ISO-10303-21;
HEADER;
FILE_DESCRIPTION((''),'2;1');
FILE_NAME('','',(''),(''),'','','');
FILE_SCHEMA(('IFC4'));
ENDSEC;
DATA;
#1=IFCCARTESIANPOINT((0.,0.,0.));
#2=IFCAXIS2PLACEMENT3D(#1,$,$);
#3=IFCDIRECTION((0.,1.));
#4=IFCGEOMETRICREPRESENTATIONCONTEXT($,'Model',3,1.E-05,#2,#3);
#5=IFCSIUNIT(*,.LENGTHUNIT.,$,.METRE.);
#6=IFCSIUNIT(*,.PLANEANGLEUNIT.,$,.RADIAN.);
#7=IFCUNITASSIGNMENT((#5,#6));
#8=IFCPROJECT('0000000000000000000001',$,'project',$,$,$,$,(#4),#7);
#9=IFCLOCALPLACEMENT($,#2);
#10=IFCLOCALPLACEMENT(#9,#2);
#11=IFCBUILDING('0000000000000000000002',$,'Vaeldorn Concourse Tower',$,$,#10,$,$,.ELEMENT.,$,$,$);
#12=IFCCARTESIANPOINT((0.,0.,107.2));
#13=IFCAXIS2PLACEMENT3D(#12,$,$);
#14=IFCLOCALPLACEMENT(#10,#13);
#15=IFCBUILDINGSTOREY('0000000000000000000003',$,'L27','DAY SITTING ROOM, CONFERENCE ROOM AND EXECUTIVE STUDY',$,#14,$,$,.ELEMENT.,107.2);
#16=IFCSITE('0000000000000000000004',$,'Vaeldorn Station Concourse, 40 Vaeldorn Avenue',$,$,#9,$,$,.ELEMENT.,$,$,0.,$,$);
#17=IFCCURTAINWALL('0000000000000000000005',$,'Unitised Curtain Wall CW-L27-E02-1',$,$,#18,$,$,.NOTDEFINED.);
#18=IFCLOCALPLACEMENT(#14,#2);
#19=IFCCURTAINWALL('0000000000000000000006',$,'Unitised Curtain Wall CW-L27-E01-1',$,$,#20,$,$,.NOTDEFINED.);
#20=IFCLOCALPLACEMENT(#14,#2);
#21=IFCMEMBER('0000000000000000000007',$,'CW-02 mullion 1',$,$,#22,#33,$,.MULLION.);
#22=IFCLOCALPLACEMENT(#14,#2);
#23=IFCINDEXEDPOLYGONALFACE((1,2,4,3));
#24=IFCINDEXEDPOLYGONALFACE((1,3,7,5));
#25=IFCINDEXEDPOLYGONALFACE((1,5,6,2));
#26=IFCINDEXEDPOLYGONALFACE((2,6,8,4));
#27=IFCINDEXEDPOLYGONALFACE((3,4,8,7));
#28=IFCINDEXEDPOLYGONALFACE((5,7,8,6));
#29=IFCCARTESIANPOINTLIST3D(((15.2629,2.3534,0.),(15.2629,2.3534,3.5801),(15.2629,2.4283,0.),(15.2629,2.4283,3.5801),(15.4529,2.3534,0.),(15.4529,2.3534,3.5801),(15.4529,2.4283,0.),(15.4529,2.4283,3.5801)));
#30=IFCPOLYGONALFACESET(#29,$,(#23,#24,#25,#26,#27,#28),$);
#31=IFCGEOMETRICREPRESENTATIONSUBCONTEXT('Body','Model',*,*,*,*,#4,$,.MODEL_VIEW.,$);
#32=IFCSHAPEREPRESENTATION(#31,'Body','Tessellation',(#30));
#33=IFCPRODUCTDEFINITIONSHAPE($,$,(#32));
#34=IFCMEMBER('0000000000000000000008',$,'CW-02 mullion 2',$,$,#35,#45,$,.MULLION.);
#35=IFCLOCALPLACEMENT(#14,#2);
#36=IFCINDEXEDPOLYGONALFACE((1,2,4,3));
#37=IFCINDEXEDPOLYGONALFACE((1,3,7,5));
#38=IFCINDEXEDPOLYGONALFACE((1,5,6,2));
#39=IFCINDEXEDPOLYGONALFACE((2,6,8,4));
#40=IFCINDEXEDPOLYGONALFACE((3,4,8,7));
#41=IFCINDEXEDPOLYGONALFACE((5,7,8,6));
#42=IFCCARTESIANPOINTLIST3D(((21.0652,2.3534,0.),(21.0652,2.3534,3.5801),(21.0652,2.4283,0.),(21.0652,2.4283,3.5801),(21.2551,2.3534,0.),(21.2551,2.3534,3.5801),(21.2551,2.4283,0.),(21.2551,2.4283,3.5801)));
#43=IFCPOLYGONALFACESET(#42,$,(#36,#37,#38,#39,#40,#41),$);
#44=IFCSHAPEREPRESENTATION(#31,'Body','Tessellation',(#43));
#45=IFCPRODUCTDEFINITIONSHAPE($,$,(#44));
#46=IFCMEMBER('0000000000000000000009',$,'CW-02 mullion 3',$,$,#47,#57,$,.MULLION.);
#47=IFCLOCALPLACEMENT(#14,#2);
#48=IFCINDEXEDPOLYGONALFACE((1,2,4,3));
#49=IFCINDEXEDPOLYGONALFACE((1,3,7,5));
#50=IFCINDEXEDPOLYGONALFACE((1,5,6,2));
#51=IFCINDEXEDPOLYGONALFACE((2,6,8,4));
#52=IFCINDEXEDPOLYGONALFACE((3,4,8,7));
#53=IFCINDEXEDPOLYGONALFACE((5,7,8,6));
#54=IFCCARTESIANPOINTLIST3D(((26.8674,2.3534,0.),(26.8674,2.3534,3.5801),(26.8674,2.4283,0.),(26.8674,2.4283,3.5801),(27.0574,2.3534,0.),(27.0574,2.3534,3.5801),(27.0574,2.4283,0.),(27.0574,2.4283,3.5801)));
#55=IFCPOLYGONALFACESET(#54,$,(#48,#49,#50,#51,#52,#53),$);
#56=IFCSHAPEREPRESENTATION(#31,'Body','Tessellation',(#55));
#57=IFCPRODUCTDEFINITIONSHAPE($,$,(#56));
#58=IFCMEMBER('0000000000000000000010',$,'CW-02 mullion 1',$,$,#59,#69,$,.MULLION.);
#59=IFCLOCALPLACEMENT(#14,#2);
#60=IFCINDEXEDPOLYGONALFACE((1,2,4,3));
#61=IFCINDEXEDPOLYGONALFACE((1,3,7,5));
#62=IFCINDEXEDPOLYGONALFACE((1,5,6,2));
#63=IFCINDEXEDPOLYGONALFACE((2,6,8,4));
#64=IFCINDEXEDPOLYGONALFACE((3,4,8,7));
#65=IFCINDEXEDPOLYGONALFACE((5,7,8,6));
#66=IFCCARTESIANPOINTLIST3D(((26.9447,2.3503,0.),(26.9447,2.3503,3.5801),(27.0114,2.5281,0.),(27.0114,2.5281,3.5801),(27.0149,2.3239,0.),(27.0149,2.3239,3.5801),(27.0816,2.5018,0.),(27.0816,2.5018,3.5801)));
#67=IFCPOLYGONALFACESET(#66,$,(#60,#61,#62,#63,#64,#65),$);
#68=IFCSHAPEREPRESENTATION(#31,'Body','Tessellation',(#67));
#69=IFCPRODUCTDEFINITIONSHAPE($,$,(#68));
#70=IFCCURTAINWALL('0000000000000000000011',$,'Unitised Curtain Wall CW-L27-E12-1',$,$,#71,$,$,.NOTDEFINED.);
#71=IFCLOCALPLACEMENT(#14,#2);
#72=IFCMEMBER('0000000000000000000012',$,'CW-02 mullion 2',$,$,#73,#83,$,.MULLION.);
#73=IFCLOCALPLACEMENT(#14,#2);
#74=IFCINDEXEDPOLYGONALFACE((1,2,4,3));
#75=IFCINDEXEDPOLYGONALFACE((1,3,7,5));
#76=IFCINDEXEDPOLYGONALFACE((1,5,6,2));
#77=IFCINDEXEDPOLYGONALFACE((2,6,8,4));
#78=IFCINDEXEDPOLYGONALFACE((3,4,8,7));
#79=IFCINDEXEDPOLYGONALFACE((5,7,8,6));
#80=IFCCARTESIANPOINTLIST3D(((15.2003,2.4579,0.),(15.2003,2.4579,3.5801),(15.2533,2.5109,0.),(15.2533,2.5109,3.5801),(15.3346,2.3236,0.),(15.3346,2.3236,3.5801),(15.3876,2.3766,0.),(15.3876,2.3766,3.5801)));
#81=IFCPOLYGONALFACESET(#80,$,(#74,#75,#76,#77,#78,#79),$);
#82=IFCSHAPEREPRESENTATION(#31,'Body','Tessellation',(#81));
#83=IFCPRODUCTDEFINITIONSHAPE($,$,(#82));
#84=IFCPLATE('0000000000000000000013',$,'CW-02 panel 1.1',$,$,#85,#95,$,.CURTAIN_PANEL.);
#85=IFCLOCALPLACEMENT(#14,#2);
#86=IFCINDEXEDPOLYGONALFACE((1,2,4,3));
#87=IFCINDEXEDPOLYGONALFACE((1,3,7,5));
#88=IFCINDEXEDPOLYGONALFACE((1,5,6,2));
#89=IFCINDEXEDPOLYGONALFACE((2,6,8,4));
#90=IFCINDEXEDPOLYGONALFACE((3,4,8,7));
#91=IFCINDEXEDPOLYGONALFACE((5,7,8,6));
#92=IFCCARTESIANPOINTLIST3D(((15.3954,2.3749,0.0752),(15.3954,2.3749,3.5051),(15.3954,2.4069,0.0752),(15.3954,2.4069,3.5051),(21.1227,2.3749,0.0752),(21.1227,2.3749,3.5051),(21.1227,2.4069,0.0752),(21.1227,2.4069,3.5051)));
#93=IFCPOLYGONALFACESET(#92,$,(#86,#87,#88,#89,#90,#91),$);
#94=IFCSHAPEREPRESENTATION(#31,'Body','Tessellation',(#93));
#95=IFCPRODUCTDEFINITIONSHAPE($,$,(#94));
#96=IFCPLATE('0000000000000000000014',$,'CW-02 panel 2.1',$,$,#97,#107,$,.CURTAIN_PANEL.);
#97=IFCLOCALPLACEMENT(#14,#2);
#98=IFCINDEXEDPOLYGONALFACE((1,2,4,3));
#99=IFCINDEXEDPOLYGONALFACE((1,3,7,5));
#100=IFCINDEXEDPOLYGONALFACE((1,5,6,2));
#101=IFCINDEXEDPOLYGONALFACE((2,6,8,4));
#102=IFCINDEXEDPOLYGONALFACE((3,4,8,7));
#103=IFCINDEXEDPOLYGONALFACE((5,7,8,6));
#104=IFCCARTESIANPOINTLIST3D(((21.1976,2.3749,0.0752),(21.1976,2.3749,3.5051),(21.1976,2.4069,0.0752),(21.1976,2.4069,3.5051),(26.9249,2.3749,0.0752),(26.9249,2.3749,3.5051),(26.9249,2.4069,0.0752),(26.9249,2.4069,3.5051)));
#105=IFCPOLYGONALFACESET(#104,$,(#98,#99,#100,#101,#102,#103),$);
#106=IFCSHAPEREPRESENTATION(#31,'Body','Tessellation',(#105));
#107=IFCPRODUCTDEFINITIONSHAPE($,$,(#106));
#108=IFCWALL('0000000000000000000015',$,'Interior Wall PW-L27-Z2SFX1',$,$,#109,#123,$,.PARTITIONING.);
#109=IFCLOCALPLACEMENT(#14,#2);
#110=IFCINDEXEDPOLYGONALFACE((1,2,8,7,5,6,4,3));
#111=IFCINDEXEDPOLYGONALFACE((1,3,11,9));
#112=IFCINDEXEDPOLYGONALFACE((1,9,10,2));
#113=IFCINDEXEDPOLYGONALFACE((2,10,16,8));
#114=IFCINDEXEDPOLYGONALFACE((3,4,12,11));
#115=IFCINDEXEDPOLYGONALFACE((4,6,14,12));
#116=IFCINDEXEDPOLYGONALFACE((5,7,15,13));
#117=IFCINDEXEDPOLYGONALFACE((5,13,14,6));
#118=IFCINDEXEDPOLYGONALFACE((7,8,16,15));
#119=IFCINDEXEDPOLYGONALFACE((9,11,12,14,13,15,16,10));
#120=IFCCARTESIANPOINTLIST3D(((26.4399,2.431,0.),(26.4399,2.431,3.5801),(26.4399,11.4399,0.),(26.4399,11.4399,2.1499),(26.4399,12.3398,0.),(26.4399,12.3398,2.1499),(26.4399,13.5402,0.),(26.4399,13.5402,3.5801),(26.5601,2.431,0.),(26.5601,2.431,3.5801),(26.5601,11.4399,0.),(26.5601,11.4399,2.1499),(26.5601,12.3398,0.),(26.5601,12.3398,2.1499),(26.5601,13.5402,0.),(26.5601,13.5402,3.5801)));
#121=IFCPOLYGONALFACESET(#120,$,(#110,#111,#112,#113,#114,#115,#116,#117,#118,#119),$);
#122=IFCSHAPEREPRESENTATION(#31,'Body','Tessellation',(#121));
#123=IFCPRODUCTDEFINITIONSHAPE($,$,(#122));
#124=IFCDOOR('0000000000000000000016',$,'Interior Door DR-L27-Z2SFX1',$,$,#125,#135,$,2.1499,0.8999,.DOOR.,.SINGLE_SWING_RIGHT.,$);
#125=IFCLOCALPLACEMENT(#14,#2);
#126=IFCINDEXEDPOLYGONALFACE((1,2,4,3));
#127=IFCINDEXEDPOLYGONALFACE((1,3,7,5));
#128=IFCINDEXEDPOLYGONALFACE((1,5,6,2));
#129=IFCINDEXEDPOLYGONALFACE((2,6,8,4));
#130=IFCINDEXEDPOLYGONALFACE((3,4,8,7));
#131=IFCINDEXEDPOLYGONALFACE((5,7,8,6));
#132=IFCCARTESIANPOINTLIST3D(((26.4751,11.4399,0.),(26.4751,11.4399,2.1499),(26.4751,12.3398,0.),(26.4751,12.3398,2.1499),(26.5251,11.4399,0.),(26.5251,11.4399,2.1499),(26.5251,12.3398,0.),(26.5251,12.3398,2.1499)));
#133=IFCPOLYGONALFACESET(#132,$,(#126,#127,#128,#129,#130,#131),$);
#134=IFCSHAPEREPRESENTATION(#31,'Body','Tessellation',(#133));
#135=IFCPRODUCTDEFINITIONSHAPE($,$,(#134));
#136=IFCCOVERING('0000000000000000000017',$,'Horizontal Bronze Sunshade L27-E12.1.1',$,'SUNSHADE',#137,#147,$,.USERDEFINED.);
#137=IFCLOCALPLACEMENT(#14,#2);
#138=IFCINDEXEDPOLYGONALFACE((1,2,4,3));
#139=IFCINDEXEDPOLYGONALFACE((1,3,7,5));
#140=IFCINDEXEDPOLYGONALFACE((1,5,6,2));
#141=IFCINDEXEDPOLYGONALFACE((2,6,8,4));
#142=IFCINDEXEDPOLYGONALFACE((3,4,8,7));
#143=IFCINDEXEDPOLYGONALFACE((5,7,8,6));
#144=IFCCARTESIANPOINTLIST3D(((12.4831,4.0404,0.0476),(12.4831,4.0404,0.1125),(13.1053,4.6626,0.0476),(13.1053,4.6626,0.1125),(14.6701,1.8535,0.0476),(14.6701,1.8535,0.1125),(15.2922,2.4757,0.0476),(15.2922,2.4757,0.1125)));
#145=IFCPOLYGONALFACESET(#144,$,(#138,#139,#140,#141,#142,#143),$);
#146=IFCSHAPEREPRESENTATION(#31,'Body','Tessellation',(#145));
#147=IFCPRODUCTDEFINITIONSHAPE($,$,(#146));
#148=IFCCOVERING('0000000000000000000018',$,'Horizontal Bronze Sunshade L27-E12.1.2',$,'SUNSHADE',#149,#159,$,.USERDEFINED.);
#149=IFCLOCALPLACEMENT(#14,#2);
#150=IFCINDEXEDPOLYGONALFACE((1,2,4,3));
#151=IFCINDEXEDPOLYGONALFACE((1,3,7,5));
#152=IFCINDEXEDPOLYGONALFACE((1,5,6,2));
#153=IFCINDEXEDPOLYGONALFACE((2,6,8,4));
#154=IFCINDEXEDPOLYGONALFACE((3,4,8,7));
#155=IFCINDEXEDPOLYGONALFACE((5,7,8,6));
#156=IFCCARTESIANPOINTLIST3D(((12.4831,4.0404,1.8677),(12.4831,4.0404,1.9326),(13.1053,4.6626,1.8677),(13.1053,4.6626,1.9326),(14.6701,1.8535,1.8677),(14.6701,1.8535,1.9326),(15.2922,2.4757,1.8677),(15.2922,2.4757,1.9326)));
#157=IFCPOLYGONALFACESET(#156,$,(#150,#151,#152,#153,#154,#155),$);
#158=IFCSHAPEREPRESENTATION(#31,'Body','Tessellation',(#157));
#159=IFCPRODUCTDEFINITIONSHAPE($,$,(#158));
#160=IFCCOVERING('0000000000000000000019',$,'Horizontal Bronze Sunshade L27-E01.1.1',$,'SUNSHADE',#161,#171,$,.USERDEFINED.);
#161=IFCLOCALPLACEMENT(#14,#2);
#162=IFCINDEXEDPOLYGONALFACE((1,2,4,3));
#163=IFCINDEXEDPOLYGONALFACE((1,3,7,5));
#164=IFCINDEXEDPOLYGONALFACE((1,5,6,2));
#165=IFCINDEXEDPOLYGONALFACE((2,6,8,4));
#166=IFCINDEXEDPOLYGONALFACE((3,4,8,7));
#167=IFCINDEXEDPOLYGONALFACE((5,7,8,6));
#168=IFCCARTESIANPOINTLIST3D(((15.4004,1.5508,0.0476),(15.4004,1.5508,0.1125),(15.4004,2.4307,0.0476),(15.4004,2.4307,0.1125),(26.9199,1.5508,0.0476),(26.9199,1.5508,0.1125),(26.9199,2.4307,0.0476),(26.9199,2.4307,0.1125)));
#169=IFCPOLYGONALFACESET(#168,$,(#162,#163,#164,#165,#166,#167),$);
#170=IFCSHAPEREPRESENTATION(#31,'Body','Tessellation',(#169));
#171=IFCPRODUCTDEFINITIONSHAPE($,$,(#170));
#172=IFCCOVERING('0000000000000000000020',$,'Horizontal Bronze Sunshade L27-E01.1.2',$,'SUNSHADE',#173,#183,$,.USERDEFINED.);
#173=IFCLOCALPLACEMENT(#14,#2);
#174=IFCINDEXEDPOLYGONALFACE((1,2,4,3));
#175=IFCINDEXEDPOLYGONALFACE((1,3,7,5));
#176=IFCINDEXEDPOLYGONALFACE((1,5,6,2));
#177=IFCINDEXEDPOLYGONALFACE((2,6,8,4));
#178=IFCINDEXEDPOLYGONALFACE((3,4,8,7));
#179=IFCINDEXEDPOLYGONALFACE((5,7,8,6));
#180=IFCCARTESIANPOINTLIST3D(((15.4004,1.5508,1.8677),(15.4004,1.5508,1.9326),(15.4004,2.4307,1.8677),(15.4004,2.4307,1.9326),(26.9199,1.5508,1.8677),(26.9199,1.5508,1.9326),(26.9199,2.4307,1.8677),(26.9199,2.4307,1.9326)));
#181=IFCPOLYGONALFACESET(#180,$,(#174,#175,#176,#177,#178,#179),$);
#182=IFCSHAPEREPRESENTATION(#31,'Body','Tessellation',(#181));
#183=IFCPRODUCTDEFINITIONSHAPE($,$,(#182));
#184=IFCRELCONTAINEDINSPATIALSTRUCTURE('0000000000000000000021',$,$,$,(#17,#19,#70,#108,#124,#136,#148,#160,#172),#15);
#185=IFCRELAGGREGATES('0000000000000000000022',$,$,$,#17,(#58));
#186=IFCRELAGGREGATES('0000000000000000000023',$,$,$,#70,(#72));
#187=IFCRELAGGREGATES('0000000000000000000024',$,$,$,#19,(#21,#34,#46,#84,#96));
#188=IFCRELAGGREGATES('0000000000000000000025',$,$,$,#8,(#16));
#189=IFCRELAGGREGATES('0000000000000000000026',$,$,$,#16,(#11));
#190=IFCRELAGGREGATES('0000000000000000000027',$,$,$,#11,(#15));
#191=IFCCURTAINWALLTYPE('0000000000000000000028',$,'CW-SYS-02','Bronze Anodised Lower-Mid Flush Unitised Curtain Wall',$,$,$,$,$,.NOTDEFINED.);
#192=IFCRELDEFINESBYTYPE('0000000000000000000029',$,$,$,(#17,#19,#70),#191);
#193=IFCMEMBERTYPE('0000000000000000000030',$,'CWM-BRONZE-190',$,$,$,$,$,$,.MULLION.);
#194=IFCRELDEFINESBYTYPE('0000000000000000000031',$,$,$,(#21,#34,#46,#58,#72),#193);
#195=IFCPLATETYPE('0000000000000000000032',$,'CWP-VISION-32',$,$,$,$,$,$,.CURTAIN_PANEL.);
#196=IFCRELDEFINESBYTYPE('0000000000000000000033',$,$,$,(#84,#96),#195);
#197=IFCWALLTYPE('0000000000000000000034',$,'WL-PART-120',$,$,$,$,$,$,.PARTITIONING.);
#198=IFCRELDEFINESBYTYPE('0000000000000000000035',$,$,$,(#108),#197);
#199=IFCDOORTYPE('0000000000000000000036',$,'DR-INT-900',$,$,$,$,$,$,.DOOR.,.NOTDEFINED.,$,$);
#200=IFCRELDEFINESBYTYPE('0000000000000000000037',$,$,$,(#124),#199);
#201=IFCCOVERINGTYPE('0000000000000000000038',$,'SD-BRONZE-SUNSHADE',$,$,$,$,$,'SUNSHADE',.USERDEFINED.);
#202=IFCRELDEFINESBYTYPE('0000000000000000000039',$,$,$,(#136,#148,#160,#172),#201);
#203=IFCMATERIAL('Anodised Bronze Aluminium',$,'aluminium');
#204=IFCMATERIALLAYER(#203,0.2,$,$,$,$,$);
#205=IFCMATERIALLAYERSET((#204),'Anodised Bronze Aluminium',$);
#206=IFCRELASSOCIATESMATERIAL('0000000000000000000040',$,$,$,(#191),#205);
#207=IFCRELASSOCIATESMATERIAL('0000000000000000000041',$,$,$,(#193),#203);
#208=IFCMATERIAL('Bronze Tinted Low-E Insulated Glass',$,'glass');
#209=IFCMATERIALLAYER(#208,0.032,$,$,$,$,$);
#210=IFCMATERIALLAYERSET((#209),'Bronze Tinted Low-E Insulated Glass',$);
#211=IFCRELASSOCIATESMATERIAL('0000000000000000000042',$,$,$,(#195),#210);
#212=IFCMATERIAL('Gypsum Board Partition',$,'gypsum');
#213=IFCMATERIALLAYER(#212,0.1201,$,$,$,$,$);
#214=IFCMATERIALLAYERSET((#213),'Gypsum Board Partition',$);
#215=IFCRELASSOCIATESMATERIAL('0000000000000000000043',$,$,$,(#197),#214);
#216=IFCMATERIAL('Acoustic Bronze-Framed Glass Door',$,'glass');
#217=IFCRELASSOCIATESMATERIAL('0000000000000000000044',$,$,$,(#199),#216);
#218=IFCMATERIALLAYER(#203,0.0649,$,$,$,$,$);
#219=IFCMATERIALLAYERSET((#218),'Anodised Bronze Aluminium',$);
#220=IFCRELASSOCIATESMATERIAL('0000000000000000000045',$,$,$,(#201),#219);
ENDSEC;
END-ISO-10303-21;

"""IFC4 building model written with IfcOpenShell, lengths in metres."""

from ifc_helpers import new_model, si_unit, direction, frame, frame_2d, origin, origin_2d, place, context, subcontext, project, spatial, rectangle, extrude, source, transform, mapped, material, layer, layer_set, material_profile, profile_set, type_object, element, fill, aggregate, save


model = new_model("IFC4")

# Units and contexts
model_context = context("Model", 3, precision=1e-05, world=origin(), true_north=direction((0.0, 1.0)))
body_context = subcontext(model_context, "Body", "Model", "MODEL_VIEW")
ifc_project = project(units=[si_unit("LENGTHUNIT", "METRE"), si_unit("PLANEANGLEUNIT", "RADIAN")], contexts=[model_context])

# Site, building, storey
site_placement = place(None, origin())
site = spatial("IfcSite", under=ifc_project, at=site_placement, Name="Vaeldorn Station Concourse, 40 Vaeldorn Avenue", CompositionType="ELEMENT", RefElevation=0.0)
building_placement = place(site_placement, origin())
building = spatial("IfcBuilding", under=site, at=building_placement, Name="Vaeldorn Concourse Tower", CompositionType="ELEMENT")
storey_placement = place(building_placement, frame((0.0, 0.0, 107.2)))
storey = spatial("IfcBuildingStorey", under=building, at=storey_placement, Name="L27", Description="DAY SITTING ROOM, CONFERENCE ROOM AND EXECUTIVE STUDY", CompositionType="ELEMENT", Elevation=107.2)

# Curtain walls, members
ifc_material_1 = material(Name="Anodised Bronze Aluminium", Category="aluminium")
ifc_layer_1 = layer(ifc_material_1, 0.2)
ifc_layer_set_1 = layer_set([ifc_layer_1], Name="Anodised Bronze Aluminium")
curtain_wall_type = type_object("IfcCurtainWallType", Name="CW-SYS-02", Description="Bronze Anodised Lower-Mid Flush Unitised Curtain Wall", PredefinedType="NOTDEFINED", material=ifc_layer_set_1)
curtain_wall_1_placement = place(storey_placement, origin())
curtain_wall_1 = element("IfcCurtainWall", 1, at=curtain_wall_1_placement, inside=storey, type_object=curtain_wall_type, Name="Unitised Curtain Wall CW-L27-E02-1", PredefinedType="NOTDEFINED")
curtain_wall_2_placement = place(storey_placement, origin())
curtain_wall_2 = element("IfcCurtainWall", 2, at=curtain_wall_2_placement, inside=storey, type_object=curtain_wall_type, Name="Unitised Curtain Wall CW-L27-E01-1", PredefinedType="NOTDEFINED")
ifc_material_profile_1 = material_profile(ifc_material_1, rectangle(XDim=0.075, YDim=0.1899, at=origin_2d()), Name="CWM 75x190")
ifc_profile_set_1 = profile_set([ifc_material_profile_1], Name="Anodised Bronze Aluminium")
member_type_1 = type_object("IfcMemberType", Name="CWM-BRONZE-190", PredefinedType="MULLION", material=ifc_profile_set_1)
shared_shape_1 = source(origin(), body_context, "Body", "SweptSolid", [
    extrude(rectangle(XDim=0.075, YDim=0.1899, at=origin_2d()), origin(), (0.0, 0.0, 1.0), 3.5801),
])
member_1_placement = place(storey_placement, frame((15.3579, 2.3909, 0.0), z_axis=(0.0, 0.0, 1.0), x_axis=(0.0, 1.0, 0.0)))
member_1 = element("IfcMember", 3, at=member_1_placement, type_object=member_type_1, Name="CW-02 mullion 1", PredefinedType="MULLION", context=body_context, shape_type="MappedRepresentation", body=[
    mapped(shared_shape_1, transform((0.0, 0.0, 0.0), scale=1.0)),
])
member_2_placement = place(storey_placement, frame((21.1602, 2.3909, 0.0), z_axis=(0.0, 0.0, 1.0), x_axis=(0.0, 1.0, 0.0)))
member_2 = element("IfcMember", 4, at=member_2_placement, type_object=member_type_1, Name="CW-02 mullion 2", PredefinedType="MULLION", context=body_context, shape_type="MappedRepresentation", body=[
    mapped(shared_shape_1, transform((0.0, 0.0, 0.0), scale=1.0)),
])
member_3_placement = place(storey_placement, frame((26.9624, 2.3909, 0.0), z_axis=(0.0, 0.0, 1.0), x_axis=(0.0, 1.0, 0.0)))
member_3 = element("IfcMember", 5, at=member_3_placement, type_object=member_type_1, Name="CW-02 mullion 3", PredefinedType="MULLION", context=body_context, shape_type="MappedRepresentation", body=[
    mapped(shared_shape_1, transform((0.0, 0.0, 0.0), scale=1.0)),
])

# Member
member_4_placement = place(storey_placement, frame((27.0132, 2.426, 0.0), z_axis=(0.0, 0.0, 1.0), x_axis=(-0.936329, 0.351123, 0.0)))
member_4 = element("IfcMember", 6, at=member_4_placement, type_object=member_type_1, Name="CW-02 mullion 1", PredefinedType="MULLION", context=body_context, shape_type="MappedRepresentation", body=[
    mapped(shared_shape_1, transform((0.0, 0.0, 0.0), scale=1.0)),
])
aggregate(curtain_wall_1, [member_4])

# Curtain wall, member
curtain_wall_3_placement = place(storey_placement, origin())
curtain_wall_3 = element("IfcCurtainWall", 7, at=curtain_wall_3_placement, inside=storey, type_object=curtain_wall_type, Name="Unitised Curtain Wall CW-L27-E12-1", PredefinedType="NOTDEFINED")
member_5_placement = place(storey_placement, frame((15.2939, 2.4172, 0.0), z_axis=(0.0, 0.0, 1.0), x_axis=(0.707107, 0.707107, 0.0)))
member_5 = element("IfcMember", 8, at=member_5_placement, type_object=member_type_1, Name="CW-02 mullion 2", PredefinedType="MULLION", context=body_context, shape_type="MappedRepresentation", body=[
    mapped(shared_shape_1, transform((0.0, 0.0, 0.0), scale=1.0)),
])
aggregate(curtain_wall_3, [member_5])

# Plates
ifc_material_2 = material(Name="Bronze Tinted Low-E Insulated Glass", Category="glass")
ifc_layer_2 = layer(ifc_material_2, 0.032)
ifc_layer_set_2 = layer_set([ifc_layer_2], Name="Bronze Tinted Low-E Insulated Glass")
plate_type = type_object("IfcPlateType", Name="CWP-VISION-32", PredefinedType="CURTAIN_PANEL", material=ifc_layer_set_2)
shared_shape_2 = source(origin(), body_context, "Body", "SweptSolid", [
    extrude(rectangle(XDim=5.7273, YDim=0.032, at=origin_2d()), origin(), (0.0, 0.0, 1.0), 3.4299),
])
plate_1_placement = place(storey_placement, frame((18.259, 2.3909, 0.0752), z_axis=(0.0, 0.0, 1.0), x_axis=(1.0, 0.0, 0.0)))
plate_1 = element("IfcPlate", 9, at=plate_1_placement, type_object=plate_type, Name="CW-02 panel 1.1", PredefinedType="CURTAIN_PANEL", context=body_context, shape_type="MappedRepresentation", body=[
    mapped(shared_shape_2, transform((0.0, 0.0, 0.0), scale=1.0)),
])
plate_2_placement = place(storey_placement, frame((24.0613, 2.3909, 0.0752), z_axis=(0.0, 0.0, 1.0), x_axis=(1.0, 0.0, 0.0)))
plate_2 = element("IfcPlate", 10, at=plate_2_placement, type_object=plate_type, Name="CW-02 panel 2.1", PredefinedType="CURTAIN_PANEL", context=body_context, shape_type="MappedRepresentation", body=[
    mapped(shared_shape_2, transform((0.0, 0.0, 0.0), scale=1.0)),
])
aggregate(curtain_wall_2, [member_1, member_2, member_3, plate_1, plate_2])

# Wall, opening, door
ifc_material_3 = material(Name="Gypsum Board Partition", Category="gypsum")
ifc_layer_3 = layer(ifc_material_3, 0.1201)
ifc_layer_set_3 = layer_set([ifc_layer_3], Name="Gypsum Board Partition")
wall_type = type_object("IfcWallType", Name="WL-PART-120", PredefinedType="PARTITIONING", material=ifc_layer_set_3)
wall_placement = place(storey_placement, frame((26.5, 2.4309, 0.0), z_axis=(0.0, 0.0, 1.0), x_axis=(0.0, 1.0, 0.0)))
wall = element("IfcWall", 11, at=wall_placement, inside=storey, type_object=wall_type, Name="Interior Wall PW-L27-Z2SFX1", PredefinedType="PARTITIONING", context=body_context, shape_type="SweptSolid", body=[
    extrude(rectangle(XDim=11.1091, YDim=0.1201, at=frame_2d((5.5547, 0.0))), origin(), (0.0, 0.0, 1.0), 3.5801),
])
opening_placement = place(wall_placement, frame((9.009, 0.0, 0.0)))
opening = element("IfcOpeningElement", 12, at=opening_placement, cuts=wall, PredefinedType="OPENING", context=body_context, shape_type="SweptSolid", body=[
    extrude(rectangle(XDim=0.8999, YDim=2.1499, at=frame_2d((0.45, 1.075))), frame((0.0, 0.0701, 0.0), z_axis=(0.0, -1.0, 0.0), x_axis=(1.0, 0.0, 0.0)), (0.0, 0.0, 1.0), 0.1401),
])
ifc_material_4 = material(Name="Acoustic Bronze-Framed Glass Door", Category="glass")
door_type = type_object("IfcDoorType", Name="DR-INT-900", OperationType="NOTDEFINED", PredefinedType="DOOR", material=ifc_material_4)
shared_shape_3 = source(origin(), body_context, "Body", "SweptSolid", [
    extrude(rectangle(XDim=0.8999, YDim=2.1499, at=frame_2d((0.45, 1.075))), frame((0.0, 0.0249, 0.0), z_axis=(0.0, -1.0, 0.0), x_axis=(1.0, 0.0, 0.0)), (0.0, 0.0, 1.0), 0.05),
])
door_placement = place(opening_placement, origin())
door = element("IfcDoor", 13, at=door_placement, inside=storey, type_object=door_type, Name="Interior Door DR-L27-Z2SFX1", OperationType="SINGLE_SWING_RIGHT", OverallHeight=2.1499, OverallWidth=0.8999, PredefinedType="DOOR", context=body_context, shape_type="MappedRepresentation", body=[
    mapped(shared_shape_3, transform((0.0, 0.0, 0.0), scale=1.0)),
])
fill(opening, door)

# Coverings
ifc_layer_4 = layer(ifc_material_1, 0.0649)
ifc_layer_set_4 = layer_set([ifc_layer_4], Name="Anodised Bronze Aluminium")
covering_type = type_object("IfcCoveringType", Name="SD-BRONZE-SUNSHADE", ElementType="SUNSHADE", PredefinedType="USERDEFINED", material=ifc_layer_set_4)
shared_shape_4 = source(origin(), body_context, "Body", "SweptSolid", [
    extrude(rectangle(XDim=3.0928, YDim=0.8799, at=origin_2d()), origin(), (0.0, 0.0, 1.0), 0.0649),
])
for number, where, z_axis, x_axis, name in (
    (14, (13.8877, 3.2581, 0.0476), (0.0, 0.0, 1.0), (0.707107, -0.707107, 0.0), "Horizontal Bronze Sunshade L27-E12.1.1"),
    (15, (13.8877, 3.2581, 1.8677), (0.0, 0.0, 1.0), (0.707107, -0.707107, 0.0), "Horizontal Bronze Sunshade L27-E12.1.2"),
):
    element("IfcCovering", number, at=place(storey_placement, frame(where, z_axis=z_axis, x_axis=x_axis)), inside=storey, type_object=covering_type, Name=name, ObjectType="SUNSHADE", PredefinedType="USERDEFINED", context=body_context, shape_type="MappedRepresentation", body=[
        mapped(shared_shape_4, transform((0.0, 0.0, 0.0), scale=1.0)),
    ])
shared_shape_5 = source(origin(), body_context, "Body", "SweptSolid", [
    extrude(rectangle(XDim=11.5195, YDim=0.8799, at=origin_2d()), origin(), (0.0, 0.0, 1.0), 0.0649),
])
for number, where, z_axis, x_axis, name in (
    (16, (21.1602, 1.9907, 0.0476), (0.0, 0.0, 1.0), (1.0, 0.0, 0.0), "Horizontal Bronze Sunshade L27-E01.1.1"),
    (17, (21.1602, 1.9907, 1.8677), (0.0, 0.0, 1.0), (1.0, 0.0, 0.0), "Horizontal Bronze Sunshade L27-E01.1.2"),
):
    element("IfcCovering", number, at=place(storey_placement, frame(where, z_axis=z_axis, x_axis=x_axis)), inside=storey, type_object=covering_type, Name=name, ObjectType="SUNSHADE", PredefinedType="USERDEFINED", context=body_context, shape_type="MappedRepresentation", body=[
        mapped(shared_shape_5, transform((0.0, 0.0, 0.0), scale=1.0)),
    ])

save(model, "model.ifc")
